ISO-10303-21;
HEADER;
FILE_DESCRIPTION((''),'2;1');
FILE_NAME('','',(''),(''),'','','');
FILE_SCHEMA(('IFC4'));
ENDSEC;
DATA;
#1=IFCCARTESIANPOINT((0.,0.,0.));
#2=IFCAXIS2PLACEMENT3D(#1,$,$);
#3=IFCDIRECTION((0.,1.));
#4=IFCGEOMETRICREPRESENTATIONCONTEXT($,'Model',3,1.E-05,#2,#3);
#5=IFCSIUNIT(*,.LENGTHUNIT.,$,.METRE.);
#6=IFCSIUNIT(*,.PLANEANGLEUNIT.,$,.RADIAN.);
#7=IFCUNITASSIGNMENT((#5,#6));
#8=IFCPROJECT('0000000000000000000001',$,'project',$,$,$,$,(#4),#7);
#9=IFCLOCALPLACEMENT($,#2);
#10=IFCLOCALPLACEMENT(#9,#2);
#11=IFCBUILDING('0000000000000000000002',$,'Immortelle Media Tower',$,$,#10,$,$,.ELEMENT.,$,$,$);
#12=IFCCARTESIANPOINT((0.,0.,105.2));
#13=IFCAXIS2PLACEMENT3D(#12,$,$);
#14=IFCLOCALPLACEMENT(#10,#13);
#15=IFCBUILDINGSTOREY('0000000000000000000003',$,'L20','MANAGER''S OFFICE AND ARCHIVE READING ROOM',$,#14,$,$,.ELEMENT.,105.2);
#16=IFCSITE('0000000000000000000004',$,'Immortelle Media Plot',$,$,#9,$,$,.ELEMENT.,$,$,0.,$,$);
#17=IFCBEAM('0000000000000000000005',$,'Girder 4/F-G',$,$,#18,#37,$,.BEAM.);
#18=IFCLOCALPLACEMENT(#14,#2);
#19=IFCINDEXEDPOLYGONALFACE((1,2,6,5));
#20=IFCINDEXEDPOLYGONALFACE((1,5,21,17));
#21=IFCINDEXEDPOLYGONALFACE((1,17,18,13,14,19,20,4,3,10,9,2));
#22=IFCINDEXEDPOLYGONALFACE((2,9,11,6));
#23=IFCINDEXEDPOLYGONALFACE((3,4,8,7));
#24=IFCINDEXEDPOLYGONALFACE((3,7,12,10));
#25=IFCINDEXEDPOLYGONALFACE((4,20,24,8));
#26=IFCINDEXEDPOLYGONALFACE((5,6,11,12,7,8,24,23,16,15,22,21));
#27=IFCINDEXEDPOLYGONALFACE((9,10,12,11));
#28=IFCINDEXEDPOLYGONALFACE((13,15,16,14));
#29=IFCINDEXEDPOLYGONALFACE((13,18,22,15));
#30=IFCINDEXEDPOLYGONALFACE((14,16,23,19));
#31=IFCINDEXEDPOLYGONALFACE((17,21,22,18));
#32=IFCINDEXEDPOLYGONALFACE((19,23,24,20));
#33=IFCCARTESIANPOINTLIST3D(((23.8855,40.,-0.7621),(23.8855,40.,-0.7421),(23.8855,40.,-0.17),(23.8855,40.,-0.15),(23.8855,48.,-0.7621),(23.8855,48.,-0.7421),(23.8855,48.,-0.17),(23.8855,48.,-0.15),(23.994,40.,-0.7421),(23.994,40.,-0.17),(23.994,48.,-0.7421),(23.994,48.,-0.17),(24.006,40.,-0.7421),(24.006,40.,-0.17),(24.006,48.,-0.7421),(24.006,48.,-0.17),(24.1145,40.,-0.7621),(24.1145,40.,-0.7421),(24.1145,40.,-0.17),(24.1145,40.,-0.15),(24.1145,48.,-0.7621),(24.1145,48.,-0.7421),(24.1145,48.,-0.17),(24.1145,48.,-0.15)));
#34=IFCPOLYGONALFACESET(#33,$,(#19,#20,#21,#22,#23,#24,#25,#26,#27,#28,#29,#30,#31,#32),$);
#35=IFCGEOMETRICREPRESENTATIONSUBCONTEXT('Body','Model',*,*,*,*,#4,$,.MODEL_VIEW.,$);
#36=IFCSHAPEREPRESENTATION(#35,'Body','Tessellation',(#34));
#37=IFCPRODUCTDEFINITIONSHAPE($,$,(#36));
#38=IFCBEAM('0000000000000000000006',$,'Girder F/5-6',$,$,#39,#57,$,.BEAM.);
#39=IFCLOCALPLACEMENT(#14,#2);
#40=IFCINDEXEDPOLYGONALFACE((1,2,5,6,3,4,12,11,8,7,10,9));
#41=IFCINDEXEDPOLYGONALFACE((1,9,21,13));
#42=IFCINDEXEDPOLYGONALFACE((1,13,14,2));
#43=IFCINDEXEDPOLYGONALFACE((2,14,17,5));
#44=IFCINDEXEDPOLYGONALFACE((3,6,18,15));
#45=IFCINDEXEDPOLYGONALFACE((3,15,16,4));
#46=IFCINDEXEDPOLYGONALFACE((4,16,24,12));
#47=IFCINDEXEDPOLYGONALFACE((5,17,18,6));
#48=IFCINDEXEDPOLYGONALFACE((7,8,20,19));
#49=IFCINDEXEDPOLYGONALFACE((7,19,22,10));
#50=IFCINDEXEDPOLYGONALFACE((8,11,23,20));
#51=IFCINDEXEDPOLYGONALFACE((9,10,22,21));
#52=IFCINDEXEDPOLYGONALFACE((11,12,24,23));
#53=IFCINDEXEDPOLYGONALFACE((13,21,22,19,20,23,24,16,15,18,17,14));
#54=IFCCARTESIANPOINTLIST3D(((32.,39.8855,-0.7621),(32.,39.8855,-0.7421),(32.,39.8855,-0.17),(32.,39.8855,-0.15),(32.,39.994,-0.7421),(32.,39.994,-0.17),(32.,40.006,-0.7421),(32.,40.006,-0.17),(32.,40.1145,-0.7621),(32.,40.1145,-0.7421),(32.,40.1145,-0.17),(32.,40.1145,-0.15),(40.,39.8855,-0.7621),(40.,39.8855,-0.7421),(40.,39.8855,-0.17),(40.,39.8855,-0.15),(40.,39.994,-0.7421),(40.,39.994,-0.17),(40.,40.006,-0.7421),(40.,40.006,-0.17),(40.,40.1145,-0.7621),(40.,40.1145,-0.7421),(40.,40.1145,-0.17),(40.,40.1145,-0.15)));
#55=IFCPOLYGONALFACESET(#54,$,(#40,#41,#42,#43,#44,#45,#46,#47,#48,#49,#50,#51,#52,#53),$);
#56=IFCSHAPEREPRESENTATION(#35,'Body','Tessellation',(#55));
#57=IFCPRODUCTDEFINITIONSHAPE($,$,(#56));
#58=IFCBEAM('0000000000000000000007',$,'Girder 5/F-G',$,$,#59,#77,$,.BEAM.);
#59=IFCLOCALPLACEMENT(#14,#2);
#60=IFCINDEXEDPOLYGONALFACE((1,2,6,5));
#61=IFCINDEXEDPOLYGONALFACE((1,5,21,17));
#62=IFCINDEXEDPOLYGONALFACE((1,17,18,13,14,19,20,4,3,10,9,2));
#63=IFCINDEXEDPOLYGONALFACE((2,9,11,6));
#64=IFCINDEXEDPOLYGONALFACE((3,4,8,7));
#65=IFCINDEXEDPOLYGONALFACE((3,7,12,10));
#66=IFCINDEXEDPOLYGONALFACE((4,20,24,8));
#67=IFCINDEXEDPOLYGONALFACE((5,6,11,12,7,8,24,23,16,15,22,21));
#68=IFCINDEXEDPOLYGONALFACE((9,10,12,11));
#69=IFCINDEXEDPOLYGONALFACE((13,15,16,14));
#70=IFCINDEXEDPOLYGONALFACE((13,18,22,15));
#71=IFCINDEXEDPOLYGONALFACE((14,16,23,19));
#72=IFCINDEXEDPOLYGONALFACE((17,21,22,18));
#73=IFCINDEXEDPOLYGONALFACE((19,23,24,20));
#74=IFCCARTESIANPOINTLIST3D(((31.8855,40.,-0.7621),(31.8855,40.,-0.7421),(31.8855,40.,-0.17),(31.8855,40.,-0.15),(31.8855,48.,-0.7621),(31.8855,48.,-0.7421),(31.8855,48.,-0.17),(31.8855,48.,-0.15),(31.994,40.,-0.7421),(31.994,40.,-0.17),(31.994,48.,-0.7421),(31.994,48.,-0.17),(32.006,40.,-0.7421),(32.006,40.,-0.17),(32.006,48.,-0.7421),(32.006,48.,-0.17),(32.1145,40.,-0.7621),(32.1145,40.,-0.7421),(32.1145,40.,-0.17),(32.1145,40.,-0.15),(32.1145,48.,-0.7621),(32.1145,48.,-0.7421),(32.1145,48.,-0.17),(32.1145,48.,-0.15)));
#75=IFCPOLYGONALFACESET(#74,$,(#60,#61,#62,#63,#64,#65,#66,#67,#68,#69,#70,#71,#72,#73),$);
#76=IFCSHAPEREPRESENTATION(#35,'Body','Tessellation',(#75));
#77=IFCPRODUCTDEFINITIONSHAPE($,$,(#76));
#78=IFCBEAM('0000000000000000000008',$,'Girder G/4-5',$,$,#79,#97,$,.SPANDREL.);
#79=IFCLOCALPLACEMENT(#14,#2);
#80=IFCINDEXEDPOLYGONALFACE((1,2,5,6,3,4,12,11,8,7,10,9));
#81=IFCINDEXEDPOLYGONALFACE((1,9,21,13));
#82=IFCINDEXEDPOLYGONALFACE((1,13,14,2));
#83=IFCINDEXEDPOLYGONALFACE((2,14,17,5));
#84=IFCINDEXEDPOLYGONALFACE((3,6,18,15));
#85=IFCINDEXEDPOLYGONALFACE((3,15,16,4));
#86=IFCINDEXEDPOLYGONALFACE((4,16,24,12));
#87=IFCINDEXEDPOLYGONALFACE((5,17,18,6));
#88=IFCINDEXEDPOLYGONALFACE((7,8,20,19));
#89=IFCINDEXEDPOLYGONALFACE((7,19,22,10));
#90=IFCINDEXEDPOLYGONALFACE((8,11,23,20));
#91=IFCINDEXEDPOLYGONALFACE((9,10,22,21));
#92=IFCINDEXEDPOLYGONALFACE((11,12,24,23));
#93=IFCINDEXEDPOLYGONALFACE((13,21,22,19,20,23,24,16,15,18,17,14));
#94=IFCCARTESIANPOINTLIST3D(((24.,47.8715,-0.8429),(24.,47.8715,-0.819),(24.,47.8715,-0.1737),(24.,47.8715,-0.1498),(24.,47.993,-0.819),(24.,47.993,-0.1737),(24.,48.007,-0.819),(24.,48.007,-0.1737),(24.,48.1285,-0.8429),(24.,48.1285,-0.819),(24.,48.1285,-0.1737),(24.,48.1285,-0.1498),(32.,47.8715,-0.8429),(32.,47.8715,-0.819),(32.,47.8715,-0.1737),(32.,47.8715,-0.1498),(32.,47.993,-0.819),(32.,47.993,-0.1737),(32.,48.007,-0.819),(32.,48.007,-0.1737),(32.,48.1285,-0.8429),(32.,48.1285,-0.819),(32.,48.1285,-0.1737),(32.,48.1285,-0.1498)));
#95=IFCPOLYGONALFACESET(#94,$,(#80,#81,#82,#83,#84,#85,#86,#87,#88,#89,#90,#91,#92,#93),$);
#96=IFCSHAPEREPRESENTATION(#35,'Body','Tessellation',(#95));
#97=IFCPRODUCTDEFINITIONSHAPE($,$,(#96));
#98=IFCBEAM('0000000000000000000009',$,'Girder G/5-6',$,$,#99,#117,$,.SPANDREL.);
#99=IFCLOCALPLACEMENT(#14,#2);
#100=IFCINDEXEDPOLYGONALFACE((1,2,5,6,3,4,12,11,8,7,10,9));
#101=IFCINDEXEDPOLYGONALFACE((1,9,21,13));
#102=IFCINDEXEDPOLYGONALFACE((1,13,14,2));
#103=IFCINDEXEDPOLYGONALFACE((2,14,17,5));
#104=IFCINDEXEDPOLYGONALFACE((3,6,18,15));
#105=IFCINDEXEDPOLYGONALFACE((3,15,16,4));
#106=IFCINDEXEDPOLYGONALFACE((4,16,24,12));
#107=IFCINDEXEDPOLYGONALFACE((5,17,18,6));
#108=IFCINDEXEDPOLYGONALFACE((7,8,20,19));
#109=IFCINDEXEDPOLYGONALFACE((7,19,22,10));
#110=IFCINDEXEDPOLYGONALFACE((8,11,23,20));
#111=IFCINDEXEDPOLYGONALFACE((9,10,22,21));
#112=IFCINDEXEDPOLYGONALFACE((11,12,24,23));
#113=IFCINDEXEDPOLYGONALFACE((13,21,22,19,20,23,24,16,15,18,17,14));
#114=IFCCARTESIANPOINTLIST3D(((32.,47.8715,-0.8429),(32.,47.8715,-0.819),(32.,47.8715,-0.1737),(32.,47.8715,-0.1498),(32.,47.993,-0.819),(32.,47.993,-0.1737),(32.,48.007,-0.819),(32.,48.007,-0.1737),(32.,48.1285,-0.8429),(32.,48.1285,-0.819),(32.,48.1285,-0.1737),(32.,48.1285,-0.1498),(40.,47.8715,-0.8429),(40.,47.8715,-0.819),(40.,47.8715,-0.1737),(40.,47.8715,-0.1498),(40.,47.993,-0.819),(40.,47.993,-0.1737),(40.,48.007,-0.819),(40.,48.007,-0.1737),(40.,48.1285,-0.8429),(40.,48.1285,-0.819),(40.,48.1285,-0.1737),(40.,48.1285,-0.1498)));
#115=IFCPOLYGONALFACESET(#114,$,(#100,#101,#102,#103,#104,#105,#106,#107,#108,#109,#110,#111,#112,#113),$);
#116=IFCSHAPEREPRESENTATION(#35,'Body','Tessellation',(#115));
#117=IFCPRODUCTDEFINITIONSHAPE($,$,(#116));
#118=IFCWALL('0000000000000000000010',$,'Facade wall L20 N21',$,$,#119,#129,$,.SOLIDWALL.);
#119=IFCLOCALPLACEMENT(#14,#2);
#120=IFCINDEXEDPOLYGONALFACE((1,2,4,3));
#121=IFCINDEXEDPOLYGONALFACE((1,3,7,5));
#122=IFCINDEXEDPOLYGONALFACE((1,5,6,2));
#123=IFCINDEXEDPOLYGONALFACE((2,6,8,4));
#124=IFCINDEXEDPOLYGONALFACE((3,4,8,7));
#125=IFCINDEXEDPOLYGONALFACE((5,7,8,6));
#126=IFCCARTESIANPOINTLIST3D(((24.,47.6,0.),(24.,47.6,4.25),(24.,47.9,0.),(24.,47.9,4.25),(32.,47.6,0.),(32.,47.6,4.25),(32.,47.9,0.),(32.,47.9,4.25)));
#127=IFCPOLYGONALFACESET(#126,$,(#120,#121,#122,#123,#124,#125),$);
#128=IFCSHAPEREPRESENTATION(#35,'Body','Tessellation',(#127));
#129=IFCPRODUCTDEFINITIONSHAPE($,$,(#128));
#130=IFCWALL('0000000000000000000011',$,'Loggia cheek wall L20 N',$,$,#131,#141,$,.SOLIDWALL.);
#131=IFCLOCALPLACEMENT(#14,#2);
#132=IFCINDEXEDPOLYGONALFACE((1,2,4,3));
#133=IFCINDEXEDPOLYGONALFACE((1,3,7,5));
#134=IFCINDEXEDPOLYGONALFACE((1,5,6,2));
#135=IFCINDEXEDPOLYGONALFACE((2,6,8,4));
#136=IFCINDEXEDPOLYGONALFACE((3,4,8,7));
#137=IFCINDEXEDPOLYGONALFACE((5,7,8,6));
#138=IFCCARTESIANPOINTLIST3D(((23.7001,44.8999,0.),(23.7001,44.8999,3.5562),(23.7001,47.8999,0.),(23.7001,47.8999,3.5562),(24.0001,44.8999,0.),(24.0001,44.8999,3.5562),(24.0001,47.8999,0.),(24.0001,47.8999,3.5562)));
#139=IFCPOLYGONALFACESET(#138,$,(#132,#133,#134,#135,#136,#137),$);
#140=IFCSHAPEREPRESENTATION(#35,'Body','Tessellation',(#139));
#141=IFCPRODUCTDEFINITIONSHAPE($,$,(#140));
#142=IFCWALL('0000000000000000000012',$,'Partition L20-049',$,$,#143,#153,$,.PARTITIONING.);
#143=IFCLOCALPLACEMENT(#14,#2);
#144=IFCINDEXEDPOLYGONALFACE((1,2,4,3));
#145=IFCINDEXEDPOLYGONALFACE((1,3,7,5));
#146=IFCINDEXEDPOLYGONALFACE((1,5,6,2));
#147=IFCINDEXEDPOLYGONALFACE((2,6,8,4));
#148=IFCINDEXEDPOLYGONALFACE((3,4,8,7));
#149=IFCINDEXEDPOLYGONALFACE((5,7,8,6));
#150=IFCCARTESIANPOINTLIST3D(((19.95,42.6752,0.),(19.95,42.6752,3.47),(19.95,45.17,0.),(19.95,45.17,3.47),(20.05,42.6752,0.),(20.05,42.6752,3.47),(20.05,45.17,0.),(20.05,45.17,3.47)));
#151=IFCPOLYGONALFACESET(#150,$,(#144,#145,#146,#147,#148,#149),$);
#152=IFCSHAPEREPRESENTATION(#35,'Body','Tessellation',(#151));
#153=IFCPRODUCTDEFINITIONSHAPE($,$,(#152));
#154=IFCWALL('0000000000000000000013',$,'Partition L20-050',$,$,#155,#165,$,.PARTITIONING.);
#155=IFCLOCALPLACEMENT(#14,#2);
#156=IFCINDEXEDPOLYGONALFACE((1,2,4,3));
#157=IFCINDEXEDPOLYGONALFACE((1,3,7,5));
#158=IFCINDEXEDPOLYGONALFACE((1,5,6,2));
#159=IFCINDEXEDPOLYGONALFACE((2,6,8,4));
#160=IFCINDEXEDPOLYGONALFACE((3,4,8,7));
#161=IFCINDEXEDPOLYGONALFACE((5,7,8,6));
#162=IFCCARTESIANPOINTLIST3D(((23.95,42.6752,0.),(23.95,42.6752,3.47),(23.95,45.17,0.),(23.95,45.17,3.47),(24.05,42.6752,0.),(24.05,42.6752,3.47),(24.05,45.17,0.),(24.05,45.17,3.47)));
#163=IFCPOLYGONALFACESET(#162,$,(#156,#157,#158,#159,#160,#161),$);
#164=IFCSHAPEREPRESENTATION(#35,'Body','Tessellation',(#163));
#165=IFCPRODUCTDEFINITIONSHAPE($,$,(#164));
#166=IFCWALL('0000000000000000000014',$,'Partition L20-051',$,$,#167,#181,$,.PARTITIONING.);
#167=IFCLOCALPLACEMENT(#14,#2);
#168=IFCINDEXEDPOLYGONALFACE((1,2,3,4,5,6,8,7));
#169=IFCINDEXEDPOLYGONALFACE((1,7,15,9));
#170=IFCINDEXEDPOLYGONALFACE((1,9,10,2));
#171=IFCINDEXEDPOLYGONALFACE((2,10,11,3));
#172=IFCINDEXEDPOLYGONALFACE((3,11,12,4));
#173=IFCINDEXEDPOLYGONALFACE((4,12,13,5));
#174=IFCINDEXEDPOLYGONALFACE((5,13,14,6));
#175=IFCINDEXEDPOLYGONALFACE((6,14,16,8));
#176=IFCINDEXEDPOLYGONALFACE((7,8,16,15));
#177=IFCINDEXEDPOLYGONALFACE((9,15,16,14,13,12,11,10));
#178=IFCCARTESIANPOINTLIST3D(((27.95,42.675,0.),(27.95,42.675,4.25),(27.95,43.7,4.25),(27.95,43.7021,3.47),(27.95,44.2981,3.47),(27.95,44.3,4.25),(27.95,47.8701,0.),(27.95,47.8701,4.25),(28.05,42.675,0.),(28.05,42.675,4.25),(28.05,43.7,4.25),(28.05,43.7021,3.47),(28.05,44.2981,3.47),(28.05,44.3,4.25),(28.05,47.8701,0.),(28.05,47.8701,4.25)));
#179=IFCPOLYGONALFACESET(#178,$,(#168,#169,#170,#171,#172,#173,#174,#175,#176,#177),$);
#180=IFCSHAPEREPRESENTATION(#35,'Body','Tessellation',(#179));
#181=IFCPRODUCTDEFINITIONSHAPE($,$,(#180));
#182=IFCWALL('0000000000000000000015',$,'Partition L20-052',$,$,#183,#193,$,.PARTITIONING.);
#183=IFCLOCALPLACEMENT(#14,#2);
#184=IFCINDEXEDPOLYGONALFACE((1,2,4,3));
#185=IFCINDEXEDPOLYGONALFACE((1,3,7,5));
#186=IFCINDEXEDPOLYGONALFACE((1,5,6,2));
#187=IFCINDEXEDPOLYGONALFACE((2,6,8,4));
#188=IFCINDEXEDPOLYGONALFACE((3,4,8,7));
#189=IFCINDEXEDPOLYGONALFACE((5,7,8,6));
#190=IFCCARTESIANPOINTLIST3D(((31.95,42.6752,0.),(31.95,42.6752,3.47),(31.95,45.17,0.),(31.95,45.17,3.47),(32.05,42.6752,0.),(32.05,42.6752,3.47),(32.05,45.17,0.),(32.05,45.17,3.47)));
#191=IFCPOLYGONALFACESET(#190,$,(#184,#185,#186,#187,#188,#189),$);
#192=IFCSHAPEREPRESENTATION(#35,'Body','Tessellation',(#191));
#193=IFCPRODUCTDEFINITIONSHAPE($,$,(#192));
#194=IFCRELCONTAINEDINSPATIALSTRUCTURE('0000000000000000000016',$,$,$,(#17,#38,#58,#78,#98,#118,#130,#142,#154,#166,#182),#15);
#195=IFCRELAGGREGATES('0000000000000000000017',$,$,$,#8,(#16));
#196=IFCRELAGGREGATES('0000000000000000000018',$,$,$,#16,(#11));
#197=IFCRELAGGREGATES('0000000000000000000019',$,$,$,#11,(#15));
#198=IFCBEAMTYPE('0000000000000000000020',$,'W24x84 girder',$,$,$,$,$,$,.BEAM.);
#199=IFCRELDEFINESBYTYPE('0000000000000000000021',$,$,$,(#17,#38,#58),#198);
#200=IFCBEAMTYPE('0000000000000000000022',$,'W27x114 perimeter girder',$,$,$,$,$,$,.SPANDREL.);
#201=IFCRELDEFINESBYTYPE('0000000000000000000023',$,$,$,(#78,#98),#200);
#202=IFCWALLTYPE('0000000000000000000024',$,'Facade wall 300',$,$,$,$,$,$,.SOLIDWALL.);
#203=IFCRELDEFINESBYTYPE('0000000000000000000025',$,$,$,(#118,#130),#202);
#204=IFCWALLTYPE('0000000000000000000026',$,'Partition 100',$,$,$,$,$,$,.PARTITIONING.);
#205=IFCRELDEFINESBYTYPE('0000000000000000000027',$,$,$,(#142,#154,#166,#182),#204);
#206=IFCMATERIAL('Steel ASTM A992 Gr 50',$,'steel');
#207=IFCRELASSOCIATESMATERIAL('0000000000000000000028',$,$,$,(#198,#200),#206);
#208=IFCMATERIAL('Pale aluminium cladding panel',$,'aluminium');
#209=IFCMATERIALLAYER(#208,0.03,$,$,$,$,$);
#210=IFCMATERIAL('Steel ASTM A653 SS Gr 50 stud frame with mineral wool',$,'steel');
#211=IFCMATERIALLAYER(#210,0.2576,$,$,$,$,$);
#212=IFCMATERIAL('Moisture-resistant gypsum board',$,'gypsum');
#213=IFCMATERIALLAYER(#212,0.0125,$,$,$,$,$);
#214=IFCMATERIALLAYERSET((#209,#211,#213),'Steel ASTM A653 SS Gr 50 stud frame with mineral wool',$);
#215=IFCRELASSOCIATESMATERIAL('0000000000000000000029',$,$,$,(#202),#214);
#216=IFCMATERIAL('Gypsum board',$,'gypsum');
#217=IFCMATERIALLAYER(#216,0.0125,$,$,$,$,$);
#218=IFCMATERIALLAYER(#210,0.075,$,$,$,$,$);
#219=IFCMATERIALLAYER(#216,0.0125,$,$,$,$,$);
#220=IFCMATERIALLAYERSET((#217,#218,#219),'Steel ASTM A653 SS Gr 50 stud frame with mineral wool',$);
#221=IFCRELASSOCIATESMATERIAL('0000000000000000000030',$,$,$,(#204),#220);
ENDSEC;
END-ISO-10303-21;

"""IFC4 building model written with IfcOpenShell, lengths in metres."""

from ifc_helpers import new_model, si_unit, direction, frame, frame_2d, origin, origin_2d, place, context, subcontext, project, spatial, polyline, rectangle, i_section, outline, extrude, material, layer, layer_set, material_profile, profile_set, type_object, element, save


model = new_model("IFC4")

# Units and contexts
model_context = context("Model", 3, precision=1e-05, world=origin(), true_north=direction((0.0, 1.0)))
body_context = subcontext(model_context, "Body", "Model", "MODEL_VIEW")
ifc_project = project(units=[si_unit("LENGTHUNIT", "METRE"), si_unit("PLANEANGLEUNIT", "RADIAN")], contexts=[model_context])

# Site, building, storey
site_placement = place(None, origin())
site = spatial("IfcSite", under=ifc_project, at=site_placement, Name="Immortelle Media Plot", CompositionType="ELEMENT", RefElevation=0.0)
building_placement = place(site_placement, origin())
building = spatial("IfcBuilding", under=site, at=building_placement, Name="Immortelle Media Tower", CompositionType="ELEMENT")
storey_placement = place(building_placement, frame((0.0, 0.0, 105.2)))
storey = spatial("IfcBuildingStorey", under=building, at=storey_placement, Name="L20", Description="MANAGER'S OFFICE AND ARCHIVE READING ROOM", CompositionType="ELEMENT", Elevation=105.2)

# Shared definitions
ifc_material_1 = material(Name="Steel ASTM A992 Gr 50", Category="steel")

# Beams
ifc_material_profile_1 = material_profile(ifc_material_1, i_section(OverallWidth=0.229, OverallDepth=0.6121, WebThickness=0.012, FlangeThickness=0.02, at=origin_2d()), Name="W24x84")
ifc_profile_set_1 = profile_set([ifc_material_profile_1], Name="Steel ASTM A992 Gr 50")
beam_type_1 = type_object("IfcBeamType", Name="W24x84 girder", PredefinedType="BEAM", material=ifc_profile_set_1)
for number, where, z_axis, x_axis, name in (
    (1, (24.0, 40.0, -0.4561), (0.0, 1.0, 0.0), (-1.0, 0.0, 0.0), "Girder 4/F-G"),
    (2, (32.0, 40.0, -0.4561), (1.0, 0.0, 0.0), (0.0, 1.0, 0.0), "Girder F/5-6"),
    (3, (32.0, 40.0, -0.4561), (0.0, 1.0, 0.0), (-1.0, 0.0, 0.0), "Girder 5/F-G"),
):
    element("IfcBeam", number, at=place(storey_placement, frame(where, z_axis=z_axis, x_axis=x_axis)), inside=storey, type_object=beam_type_1, Name=name, PredefinedType="BEAM", context=body_context, shape_type="SweptSolid", body=[
        extrude(i_section(OverallWidth=0.229, OverallDepth=0.6121, WebThickness=0.012, FlangeThickness=0.02, at=origin_2d()), origin(), (0.0, 0.0, 1.0), 8.0),
    ])
ifc_material_profile_2 = material_profile(ifc_material_1, i_section(OverallWidth=0.2571, OverallDepth=0.6931, WebThickness=0.0139, FlangeThickness=0.0239, at=origin_2d()), Name="W27x114")
ifc_profile_set_2 = profile_set([ifc_material_profile_2], Name="Steel ASTM A992 Gr 50")
beam_type_2 = type_object("IfcBeamType", Name="W27x114 perimeter girder", PredefinedType="SPANDREL", material=ifc_profile_set_2)
for number, where, z_axis, x_axis, name in (
    (4, (24.0, 48.0, -0.4963), (1.0, 0.0, 0.0), (0.0, 1.0, 0.0), "Girder G/4-5"),
    (5, (32.0, 48.0, -0.4963), (1.0, 0.0, 0.0), (0.0, 1.0, 0.0), "Girder G/5-6"),
):
    element("IfcBeam", number, at=place(storey_placement, frame(where, z_axis=z_axis, x_axis=x_axis)), inside=storey, type_object=beam_type_2, Name=name, PredefinedType="SPANDREL", context=body_context, shape_type="SweptSolid", body=[
        extrude(i_section(OverallWidth=0.2571, OverallDepth=0.6931, WebThickness=0.0139, FlangeThickness=0.0239, at=origin_2d()), origin(), (0.0, 0.0, 1.0), 8.0),
    ])

# Wall
ifc_material_2 = material(Name="Pale aluminium cladding panel", Category="aluminium")
ifc_layer_1 = layer(ifc_material_2, 0.03)
ifc_material_3 = material(Name="Steel ASTM A653 SS Gr 50 stud frame with mineral wool", Category="steel")
ifc_layer_2 = layer(ifc_material_3, 0.2576)
ifc_material_4 = material(Name="Moisture-resistant gypsum board", Category="gypsum")
ifc_layer_3 = layer(ifc_material_4, 0.0125)
ifc_layer_set_1 = layer_set([ifc_layer_1, ifc_layer_2, ifc_layer_3], Name="Steel ASTM A653 SS Gr 50 stud frame with mineral wool")
wall_type_1 = type_object("IfcWallType", Name="Facade wall 300", PredefinedType="SOLIDWALL", material=ifc_layer_set_1)
wall_1_placement = place(storey_placement, frame((32.0, 47.75, 0.0), z_axis=(0.0, 0.0, 1.0), x_axis=(-1.0, 0.0, 0.0)))
element("IfcWall", 6, at=wall_1_placement, inside=storey, type_object=wall_type_1, Name="Facade wall L20 N21", PredefinedType="SOLIDWALL", context=body_context, shape_type="SweptSolid", body=[
    extrude(rectangle(XDim=8.0, YDim=0.3, at=frame_2d((4.0, 0.0))), origin(), (0.0, 0.0, 1.0), 4.25),
])

# Walls
wall_2_placement = place(storey_placement, frame((23.8501, 47.8999, 0.0), z_axis=(0.0, 0.0, 1.0), x_axis=(0.0, -1.0, 0.0)))
element("IfcWall", 7, at=wall_2_placement, inside=storey, type_object=wall_type_1, Name="Loggia cheek wall L20 N", PredefinedType="SOLIDWALL", context=body_context, shape_type="SweptSolid", body=[
    extrude(rectangle(XDim=3.0, YDim=0.3, at=frame_2d((1.5, 0.0))), origin(), (0.0, 0.0, 1.0), 3.5562),
])
ifc_material_5 = material(Name="Gypsum board", Category="gypsum")
ifc_layer_4 = layer(ifc_material_5, 0.0125)
ifc_layer_5 = layer(ifc_material_3, 0.075)
ifc_layer_6 = layer(ifc_material_5, 0.0125)
ifc_layer_set_2 = layer_set([ifc_layer_4, ifc_layer_5, ifc_layer_6], Name="Steel ASTM A653 SS Gr 50 stud frame with mineral wool")
wall_type_2 = type_object("IfcWallType", Name="Partition 100", PredefinedType="PARTITIONING", material=ifc_layer_set_2)
for number, where, z_axis, x_axis, name in (
    (8, (20.0, 42.675, 0.0), (0.0, 0.0, 1.0), (0.0, 1.0, 0.0), "Partition L20-049"),
    (9, (24.0, 42.675, 0.0), (0.0, 0.0, 1.0), (0.0, 1.0, 0.0), "Partition L20-050"),
):
    element("IfcWall", number, at=place(storey_placement, frame(where, z_axis=z_axis, x_axis=x_axis)), inside=storey, type_object=wall_type_2, Name=name, PredefinedType="PARTITIONING", context=body_context, shape_type="SweptSolid", body=[
        extrude(rectangle(XDim=2.4949, YDim=0.1001, at=frame_2d((1.2476, 0.0))), origin(), (0.0, 0.0, 1.0), 3.47),
    ])
wall_3_placement = place(storey_placement, frame((28.0, 42.675, 0.0), z_axis=(0.0, 0.0, 1.0), x_axis=(0.0, 1.0, 0.0)))
element("IfcWall", 10, at=wall_3_placement, inside=storey, type_object=wall_type_2, Name="Partition L20-051", PredefinedType="PARTITIONING", context=body_context, shape_type="SweptSolid", body=[
    extrude(outline(polyline([(0.0, 0.0), (5.1951, 0.0), (5.1951, 4.25), (1.625, 4.25), (1.623, 3.47), (1.0271, 3.47), (1.0249, 4.25), (0.0, 4.25), (0.0, 0.0)])), frame((0.0, 0.05, 0.0), z_axis=(0.0, -1.0, 0.0), x_axis=(1.0, 0.0, 0.0)), (0.0, 0.0, 1.0), 0.1001),
])
wall_4_placement = place(storey_placement, frame((32.0, 42.675, 0.0), z_axis=(0.0, 0.0, 1.0), x_axis=(0.0, 1.0, 0.0)))
element("IfcWall", 11, at=wall_4_placement, inside=storey, type_object=wall_type_2, Name="Partition L20-052", PredefinedType="PARTITIONING", context=body_context, shape_type="SweptSolid", body=[
    extrude(rectangle(XDim=2.4949, YDim=0.1001, at=frame_2d((1.2476, 0.0))), origin(), (0.0, 0.0, 1.0), 3.47),
])

save(model, "model.ifc")
